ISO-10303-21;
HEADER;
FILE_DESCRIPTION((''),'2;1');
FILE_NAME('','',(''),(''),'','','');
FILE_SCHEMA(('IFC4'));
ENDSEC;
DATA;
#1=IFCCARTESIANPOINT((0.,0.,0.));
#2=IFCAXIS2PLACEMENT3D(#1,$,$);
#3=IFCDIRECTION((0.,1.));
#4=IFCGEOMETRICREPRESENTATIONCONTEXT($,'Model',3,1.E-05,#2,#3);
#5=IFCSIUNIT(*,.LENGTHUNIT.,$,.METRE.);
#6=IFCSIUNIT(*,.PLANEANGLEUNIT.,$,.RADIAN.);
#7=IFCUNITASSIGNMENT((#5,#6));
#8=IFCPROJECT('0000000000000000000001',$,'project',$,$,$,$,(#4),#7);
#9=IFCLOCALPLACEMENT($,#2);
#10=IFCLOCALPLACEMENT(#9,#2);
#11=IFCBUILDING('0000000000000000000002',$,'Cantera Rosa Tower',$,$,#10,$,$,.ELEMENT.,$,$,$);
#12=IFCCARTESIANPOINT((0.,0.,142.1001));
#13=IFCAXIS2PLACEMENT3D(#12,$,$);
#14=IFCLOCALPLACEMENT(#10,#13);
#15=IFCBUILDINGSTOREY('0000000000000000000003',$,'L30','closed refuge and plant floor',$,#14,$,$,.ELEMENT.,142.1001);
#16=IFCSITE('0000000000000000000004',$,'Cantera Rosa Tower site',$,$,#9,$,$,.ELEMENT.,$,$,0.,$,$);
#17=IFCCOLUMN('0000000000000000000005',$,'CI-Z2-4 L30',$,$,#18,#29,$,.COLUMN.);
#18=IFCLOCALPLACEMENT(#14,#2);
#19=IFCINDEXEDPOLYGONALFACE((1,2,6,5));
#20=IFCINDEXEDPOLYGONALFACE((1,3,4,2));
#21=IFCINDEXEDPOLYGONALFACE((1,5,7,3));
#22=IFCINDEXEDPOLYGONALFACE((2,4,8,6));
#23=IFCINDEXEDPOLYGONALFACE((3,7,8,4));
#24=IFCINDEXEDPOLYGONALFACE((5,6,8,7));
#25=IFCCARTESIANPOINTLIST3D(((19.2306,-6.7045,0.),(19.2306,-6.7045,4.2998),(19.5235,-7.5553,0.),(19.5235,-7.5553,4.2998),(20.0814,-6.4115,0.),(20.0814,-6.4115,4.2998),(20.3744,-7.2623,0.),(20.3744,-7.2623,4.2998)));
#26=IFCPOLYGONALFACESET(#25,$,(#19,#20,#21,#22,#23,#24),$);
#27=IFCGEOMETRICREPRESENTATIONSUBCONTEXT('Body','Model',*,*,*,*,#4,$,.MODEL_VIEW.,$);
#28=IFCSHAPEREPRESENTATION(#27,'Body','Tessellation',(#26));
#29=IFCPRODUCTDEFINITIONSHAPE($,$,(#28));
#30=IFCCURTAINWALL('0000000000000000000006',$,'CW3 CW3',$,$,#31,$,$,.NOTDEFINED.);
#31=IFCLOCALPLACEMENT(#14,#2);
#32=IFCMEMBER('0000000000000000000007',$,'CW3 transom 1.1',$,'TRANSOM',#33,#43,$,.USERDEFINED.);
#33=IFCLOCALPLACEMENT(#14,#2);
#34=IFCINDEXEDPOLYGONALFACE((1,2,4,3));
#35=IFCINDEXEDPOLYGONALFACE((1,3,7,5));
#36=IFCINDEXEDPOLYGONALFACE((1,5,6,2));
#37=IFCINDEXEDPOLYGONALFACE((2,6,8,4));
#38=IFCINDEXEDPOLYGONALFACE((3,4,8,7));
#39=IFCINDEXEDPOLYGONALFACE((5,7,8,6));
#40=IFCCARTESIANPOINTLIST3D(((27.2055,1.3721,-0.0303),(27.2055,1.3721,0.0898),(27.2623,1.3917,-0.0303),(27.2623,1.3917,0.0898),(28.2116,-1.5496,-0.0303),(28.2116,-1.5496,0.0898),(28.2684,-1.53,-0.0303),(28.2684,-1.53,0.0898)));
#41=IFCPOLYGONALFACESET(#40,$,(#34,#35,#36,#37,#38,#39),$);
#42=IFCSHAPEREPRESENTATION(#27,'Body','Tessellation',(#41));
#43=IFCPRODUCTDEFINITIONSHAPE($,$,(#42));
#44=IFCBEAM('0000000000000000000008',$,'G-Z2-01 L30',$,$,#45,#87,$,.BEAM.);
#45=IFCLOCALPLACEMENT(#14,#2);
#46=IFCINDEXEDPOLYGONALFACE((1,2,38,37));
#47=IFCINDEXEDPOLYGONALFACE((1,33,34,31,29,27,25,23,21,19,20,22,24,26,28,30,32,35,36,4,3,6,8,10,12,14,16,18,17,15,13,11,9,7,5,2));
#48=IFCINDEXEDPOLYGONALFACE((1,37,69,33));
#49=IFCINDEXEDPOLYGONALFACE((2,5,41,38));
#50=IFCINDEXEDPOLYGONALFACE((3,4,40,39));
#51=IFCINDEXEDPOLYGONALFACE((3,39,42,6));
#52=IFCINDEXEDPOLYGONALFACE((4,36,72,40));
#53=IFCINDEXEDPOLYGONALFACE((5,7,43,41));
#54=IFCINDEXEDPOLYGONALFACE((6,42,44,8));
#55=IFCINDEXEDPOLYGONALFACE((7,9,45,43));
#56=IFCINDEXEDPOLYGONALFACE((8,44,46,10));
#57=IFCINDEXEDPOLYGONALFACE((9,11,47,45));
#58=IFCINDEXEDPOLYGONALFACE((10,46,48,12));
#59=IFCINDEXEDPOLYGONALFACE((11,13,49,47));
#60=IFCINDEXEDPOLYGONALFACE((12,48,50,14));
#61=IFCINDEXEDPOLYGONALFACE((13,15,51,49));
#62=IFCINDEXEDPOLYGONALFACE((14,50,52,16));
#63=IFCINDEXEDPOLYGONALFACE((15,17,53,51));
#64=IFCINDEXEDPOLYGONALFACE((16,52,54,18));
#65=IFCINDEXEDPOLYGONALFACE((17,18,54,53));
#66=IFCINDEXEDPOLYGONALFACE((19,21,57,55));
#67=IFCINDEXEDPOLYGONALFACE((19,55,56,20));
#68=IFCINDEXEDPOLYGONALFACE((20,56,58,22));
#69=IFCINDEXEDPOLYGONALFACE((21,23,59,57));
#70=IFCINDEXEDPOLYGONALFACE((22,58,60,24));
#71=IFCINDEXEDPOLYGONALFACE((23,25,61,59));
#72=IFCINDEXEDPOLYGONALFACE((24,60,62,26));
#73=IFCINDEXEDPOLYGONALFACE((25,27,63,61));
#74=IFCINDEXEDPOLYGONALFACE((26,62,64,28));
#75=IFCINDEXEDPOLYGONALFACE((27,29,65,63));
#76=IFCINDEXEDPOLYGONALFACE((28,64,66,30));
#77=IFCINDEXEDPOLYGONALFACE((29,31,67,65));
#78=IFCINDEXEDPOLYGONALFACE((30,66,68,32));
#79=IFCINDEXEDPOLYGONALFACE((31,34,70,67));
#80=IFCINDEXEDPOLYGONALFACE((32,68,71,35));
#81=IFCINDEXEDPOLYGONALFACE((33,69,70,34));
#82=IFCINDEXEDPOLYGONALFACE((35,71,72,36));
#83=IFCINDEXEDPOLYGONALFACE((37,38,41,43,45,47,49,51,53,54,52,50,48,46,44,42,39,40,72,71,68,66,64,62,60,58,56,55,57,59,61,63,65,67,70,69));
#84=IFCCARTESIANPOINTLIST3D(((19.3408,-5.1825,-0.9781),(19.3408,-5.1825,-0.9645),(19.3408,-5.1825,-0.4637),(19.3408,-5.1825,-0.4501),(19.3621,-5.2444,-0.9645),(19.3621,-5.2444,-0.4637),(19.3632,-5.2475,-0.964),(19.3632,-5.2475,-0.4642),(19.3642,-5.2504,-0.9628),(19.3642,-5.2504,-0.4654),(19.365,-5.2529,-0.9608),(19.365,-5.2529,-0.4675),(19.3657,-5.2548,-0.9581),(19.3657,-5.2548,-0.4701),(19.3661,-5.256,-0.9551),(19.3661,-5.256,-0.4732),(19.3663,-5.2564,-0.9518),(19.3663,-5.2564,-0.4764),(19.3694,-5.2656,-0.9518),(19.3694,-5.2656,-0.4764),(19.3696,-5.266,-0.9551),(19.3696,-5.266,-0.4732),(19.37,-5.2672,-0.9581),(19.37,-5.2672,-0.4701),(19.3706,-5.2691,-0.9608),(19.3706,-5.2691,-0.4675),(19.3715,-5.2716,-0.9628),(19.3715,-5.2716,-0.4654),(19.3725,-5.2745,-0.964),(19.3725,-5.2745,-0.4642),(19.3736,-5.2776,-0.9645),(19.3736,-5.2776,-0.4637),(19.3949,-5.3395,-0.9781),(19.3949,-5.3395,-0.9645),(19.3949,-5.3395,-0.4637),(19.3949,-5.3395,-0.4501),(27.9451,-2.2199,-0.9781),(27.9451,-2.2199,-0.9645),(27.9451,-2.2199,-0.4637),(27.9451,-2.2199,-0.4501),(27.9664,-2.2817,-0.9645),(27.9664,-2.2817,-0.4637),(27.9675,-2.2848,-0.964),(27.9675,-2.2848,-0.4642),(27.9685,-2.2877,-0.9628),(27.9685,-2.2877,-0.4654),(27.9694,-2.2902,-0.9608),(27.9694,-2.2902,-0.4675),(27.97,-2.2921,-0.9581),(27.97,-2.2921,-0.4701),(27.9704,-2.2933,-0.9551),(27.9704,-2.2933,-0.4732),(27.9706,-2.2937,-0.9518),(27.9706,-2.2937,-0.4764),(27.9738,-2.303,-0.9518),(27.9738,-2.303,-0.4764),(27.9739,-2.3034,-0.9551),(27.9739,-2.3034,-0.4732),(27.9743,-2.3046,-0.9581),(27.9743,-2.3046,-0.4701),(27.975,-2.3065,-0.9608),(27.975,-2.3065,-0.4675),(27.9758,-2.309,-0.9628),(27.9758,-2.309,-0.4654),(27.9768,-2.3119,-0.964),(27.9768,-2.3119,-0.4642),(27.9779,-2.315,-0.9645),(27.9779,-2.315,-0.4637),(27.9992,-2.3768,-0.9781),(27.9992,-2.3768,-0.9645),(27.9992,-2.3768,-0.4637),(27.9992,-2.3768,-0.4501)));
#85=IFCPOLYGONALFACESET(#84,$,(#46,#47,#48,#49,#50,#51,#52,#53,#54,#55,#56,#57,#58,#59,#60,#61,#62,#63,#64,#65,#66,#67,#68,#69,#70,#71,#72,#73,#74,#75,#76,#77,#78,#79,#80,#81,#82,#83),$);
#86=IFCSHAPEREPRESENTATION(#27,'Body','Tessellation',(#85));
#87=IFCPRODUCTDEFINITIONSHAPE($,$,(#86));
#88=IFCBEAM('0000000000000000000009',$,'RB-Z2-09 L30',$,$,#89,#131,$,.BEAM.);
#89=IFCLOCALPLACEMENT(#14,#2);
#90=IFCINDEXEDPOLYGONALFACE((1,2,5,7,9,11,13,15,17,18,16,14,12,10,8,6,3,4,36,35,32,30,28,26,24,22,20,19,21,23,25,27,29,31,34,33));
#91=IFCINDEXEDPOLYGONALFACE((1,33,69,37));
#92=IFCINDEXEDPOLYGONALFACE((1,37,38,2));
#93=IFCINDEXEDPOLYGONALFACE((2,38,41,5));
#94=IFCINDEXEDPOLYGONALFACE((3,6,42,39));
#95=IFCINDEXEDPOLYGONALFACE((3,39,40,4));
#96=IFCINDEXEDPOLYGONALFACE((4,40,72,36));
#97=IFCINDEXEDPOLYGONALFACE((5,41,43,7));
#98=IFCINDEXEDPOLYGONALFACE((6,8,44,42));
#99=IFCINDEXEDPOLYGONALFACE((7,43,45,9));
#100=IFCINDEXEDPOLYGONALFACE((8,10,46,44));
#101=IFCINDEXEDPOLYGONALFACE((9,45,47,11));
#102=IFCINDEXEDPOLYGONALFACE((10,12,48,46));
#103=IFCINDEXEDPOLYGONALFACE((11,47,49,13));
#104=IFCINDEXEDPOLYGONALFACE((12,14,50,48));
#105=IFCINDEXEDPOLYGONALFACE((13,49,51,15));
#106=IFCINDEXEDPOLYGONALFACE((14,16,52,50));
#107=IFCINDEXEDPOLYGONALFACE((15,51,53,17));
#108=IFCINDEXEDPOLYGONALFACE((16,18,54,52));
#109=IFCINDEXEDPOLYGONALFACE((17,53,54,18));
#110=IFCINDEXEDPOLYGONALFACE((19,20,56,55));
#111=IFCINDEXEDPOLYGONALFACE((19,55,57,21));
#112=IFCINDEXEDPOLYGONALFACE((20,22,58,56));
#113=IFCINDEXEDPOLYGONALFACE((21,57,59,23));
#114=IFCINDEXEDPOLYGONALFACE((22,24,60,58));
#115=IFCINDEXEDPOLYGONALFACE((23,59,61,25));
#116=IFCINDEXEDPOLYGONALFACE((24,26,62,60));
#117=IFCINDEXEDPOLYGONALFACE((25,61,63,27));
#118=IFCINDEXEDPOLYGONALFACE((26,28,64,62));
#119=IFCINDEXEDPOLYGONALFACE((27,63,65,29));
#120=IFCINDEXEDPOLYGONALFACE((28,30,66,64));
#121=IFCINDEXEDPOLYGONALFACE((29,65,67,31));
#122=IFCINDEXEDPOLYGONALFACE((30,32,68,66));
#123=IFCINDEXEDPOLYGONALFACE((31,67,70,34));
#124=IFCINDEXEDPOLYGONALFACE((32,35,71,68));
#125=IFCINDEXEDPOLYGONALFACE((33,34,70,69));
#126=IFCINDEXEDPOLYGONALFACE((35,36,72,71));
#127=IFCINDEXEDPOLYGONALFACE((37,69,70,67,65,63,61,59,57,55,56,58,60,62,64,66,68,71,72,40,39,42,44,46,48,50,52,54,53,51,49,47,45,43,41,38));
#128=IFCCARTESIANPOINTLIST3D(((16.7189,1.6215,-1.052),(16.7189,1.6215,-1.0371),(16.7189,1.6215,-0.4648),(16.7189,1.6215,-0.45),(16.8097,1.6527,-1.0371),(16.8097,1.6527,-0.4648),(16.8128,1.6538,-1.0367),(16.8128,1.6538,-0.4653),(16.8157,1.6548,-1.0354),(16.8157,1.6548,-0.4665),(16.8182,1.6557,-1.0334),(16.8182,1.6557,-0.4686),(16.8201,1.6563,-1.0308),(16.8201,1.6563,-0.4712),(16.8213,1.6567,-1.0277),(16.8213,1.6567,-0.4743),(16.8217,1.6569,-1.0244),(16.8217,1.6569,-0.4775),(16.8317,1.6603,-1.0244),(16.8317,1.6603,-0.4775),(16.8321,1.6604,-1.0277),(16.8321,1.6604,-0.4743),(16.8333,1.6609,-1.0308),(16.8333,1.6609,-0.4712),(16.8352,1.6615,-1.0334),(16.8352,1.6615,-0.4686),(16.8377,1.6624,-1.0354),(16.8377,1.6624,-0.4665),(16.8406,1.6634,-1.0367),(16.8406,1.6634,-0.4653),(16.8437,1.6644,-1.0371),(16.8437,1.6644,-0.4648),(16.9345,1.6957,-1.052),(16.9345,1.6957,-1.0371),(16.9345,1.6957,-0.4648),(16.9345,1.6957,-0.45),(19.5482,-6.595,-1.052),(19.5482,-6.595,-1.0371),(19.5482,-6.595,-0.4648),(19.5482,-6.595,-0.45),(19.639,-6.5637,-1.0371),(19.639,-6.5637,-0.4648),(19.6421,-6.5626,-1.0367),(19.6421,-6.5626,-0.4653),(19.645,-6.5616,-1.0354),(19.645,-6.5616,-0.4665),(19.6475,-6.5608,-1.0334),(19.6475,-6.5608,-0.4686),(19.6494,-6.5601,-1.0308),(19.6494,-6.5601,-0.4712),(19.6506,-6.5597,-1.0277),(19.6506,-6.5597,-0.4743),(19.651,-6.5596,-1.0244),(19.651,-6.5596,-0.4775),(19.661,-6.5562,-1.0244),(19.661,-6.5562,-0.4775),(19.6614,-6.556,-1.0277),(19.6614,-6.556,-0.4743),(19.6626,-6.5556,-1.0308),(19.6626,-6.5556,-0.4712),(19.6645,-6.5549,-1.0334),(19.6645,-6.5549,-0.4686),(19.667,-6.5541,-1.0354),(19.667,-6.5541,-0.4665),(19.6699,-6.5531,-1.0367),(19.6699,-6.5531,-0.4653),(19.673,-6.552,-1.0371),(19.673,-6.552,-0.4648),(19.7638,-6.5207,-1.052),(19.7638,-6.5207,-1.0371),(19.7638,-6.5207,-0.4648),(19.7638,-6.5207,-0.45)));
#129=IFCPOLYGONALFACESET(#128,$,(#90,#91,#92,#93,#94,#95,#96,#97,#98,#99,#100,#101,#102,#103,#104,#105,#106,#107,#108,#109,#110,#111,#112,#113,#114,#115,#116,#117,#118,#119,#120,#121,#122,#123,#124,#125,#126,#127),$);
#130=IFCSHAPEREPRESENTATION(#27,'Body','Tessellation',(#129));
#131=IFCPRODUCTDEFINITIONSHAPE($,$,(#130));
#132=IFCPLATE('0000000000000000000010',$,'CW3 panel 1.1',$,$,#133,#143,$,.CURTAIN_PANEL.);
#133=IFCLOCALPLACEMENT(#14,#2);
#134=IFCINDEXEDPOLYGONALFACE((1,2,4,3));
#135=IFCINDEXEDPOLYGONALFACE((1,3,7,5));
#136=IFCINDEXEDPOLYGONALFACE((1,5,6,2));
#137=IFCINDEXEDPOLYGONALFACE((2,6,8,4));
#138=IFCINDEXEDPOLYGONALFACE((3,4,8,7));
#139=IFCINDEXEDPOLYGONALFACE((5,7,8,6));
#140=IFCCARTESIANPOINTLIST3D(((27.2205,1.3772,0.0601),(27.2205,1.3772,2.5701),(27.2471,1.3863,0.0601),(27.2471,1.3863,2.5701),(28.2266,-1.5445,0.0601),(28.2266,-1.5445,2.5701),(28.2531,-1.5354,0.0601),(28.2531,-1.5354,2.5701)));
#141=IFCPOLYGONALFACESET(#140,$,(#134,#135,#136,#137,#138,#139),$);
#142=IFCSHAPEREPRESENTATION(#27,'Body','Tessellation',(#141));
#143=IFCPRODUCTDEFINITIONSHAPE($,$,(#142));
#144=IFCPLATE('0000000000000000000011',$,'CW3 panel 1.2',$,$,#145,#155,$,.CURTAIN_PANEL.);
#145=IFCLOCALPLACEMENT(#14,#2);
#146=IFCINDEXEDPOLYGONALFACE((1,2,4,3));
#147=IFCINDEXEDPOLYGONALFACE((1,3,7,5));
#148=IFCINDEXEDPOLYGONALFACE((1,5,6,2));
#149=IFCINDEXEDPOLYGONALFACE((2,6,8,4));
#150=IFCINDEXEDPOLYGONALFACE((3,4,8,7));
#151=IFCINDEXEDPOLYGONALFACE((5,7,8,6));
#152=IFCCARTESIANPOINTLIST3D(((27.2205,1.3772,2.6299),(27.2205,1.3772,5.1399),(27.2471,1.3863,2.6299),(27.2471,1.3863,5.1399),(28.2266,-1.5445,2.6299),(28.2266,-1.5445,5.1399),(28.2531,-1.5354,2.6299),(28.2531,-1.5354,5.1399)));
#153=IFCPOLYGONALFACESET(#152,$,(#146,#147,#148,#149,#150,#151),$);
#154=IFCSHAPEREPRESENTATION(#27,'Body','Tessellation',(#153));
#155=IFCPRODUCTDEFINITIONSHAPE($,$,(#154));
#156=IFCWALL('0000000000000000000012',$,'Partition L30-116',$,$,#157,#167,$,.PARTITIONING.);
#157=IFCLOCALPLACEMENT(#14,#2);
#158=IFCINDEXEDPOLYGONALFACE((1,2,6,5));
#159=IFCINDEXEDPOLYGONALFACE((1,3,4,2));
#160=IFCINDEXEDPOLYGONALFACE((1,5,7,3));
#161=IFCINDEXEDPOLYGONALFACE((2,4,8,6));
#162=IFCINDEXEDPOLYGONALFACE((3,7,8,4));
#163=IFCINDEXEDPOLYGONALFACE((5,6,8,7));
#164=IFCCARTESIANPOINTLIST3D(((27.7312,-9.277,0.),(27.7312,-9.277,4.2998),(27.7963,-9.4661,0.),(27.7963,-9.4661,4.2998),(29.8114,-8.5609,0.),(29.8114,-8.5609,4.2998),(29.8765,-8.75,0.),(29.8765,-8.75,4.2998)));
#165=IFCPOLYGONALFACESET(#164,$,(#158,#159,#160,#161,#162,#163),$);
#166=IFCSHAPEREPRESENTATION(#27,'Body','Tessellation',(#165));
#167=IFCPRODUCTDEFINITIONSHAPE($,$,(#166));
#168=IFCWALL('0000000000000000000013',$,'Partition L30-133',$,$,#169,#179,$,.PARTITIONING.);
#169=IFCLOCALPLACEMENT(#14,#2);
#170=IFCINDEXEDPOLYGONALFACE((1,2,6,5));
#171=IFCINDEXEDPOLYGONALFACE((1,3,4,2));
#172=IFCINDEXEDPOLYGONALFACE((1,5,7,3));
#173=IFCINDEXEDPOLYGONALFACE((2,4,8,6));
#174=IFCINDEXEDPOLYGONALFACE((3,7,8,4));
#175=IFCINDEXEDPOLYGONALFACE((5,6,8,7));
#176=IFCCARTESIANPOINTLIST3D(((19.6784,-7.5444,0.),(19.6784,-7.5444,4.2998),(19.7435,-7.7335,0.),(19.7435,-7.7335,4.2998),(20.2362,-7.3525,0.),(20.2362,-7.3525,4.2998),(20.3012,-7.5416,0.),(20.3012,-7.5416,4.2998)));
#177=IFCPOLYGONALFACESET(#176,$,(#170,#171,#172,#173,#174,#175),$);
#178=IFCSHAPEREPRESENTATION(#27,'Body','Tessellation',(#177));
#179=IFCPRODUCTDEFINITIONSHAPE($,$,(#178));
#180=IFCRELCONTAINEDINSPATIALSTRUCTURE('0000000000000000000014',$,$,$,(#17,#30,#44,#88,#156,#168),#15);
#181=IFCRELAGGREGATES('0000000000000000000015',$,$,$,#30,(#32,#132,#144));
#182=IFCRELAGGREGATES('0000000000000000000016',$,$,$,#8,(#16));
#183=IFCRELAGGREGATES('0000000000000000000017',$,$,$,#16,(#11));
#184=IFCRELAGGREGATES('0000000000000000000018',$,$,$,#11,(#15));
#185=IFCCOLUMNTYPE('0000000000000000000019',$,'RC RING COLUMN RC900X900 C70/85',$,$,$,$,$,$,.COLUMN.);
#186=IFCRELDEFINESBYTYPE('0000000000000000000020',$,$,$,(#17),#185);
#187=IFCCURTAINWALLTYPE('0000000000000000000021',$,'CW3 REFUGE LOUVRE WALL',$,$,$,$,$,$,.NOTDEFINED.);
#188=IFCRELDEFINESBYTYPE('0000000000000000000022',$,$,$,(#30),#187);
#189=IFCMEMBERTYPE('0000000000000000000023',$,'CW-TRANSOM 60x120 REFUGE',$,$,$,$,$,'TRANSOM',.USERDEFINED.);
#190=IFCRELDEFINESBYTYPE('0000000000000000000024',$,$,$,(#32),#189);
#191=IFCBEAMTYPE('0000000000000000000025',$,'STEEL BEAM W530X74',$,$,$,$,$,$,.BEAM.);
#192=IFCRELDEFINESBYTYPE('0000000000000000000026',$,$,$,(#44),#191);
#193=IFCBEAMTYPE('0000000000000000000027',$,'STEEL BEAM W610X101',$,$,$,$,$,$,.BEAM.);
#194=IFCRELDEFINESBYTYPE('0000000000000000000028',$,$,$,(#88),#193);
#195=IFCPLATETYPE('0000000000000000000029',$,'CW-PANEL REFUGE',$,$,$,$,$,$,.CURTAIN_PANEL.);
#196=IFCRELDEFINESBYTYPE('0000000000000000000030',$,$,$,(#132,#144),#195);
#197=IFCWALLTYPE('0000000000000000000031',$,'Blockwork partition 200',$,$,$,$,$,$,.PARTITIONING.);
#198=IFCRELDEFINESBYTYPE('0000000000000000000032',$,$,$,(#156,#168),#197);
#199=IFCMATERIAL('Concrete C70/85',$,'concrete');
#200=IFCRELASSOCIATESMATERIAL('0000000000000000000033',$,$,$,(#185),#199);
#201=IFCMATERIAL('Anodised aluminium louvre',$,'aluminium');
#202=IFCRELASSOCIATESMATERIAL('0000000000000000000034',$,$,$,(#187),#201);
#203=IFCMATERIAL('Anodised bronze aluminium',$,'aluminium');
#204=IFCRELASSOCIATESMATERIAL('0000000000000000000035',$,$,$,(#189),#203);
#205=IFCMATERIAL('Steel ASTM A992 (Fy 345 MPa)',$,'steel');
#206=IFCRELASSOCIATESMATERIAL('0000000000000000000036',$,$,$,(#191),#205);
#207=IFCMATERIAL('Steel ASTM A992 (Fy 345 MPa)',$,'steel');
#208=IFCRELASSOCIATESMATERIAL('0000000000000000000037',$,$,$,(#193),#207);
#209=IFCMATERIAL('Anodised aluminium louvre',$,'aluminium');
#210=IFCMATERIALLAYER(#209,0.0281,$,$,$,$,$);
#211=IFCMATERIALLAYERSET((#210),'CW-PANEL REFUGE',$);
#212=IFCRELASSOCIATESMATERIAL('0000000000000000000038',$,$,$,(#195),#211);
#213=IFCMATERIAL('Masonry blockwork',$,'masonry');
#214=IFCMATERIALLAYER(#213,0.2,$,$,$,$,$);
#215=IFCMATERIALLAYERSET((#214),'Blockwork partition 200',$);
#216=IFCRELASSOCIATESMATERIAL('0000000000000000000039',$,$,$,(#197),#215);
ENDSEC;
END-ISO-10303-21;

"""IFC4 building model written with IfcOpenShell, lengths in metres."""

from ifc_helpers import new_model, si_unit, direction, frame, frame_2d, origin, origin_2d, place, context, subcontext, project, spatial, rectangle, i_section, extrude, material, layer, layer_set, material_profile, profile_set, type_object, element, aggregate, save


model = new_model("IFC4")

# Units and contexts
model_context = context("Model", 3, precision=1e-05, world=origin(), true_north=direction((0.0, 1.0)))
body_context = subcontext(model_context, "Body", "Model", "MODEL_VIEW")
ifc_project = project(units=[si_unit("LENGTHUNIT", "METRE"), si_unit("PLANEANGLEUNIT", "RADIAN")], contexts=[model_context])

# Site, building, storey
site_placement = place(None, origin())
site = spatial("IfcSite", under=ifc_project, at=site_placement, Name="Cantera Rosa Tower site", CompositionType="ELEMENT", RefElevation=0.0)
building_placement = place(site_placement, origin())
building = spatial("IfcBuilding", under=site, at=building_placement, Name="Cantera Rosa Tower", CompositionType="ELEMENT")
storey_placement = place(building_placement, frame((0.0, 0.0, 142.1001)))
storey = spatial("IfcBuildingStorey", under=building, at=storey_placement, Name="L30", Description="closed refuge and plant floor", CompositionType="ELEMENT", Elevation=142.1001)

# Column
ifc_material_1 = material(Name="Concrete C70/85", Category="concrete")
ifc_material_profile_1 = material_profile(ifc_material_1, rectangle(XDim=0.8999, YDim=0.8999, at=origin_2d()), Name="RC RING COLUMN RC900X900 C70/85")
ifc_profile_set_1 = profile_set([ifc_material_profile_1], Name="Concrete C70/85")
column_type = type_object("IfcColumnType", Name="RC RING COLUMN RC900X900 C70/85", PredefinedType="COLUMN", material=ifc_profile_set_1)
column_placement = place(storey_placement, frame((19.8025, -6.9834, 0.0), z_axis=(0.0, 0.0, 1.0), x_axis=(0.945519, 0.325568, 0.0)))
element("IfcColumn", 1, at=column_placement, inside=storey, type_object=column_type, Name="CI-Z2-4 L30", PredefinedType="COLUMN", context=body_context, shape_type="SweptSolid", body=[
    extrude(rectangle(XDim=0.8999, YDim=0.8999, at=origin_2d()), origin(), (0.0, 0.0, 1.0), 4.2998),
])

# Curtain wall, member
ifc_material_2 = material(Name="Anodised aluminium louvre", Category="aluminium")
curtain_wall_type = type_object("IfcCurtainWallType", Name="CW3 REFUGE LOUVRE WALL", PredefinedType="NOTDEFINED", material=ifc_material_2)
curtain_wall_placement = place(storey_placement, origin())
curtain_wall = element("IfcCurtainWall", 2, at=curtain_wall_placement, inside=storey, type_object=curtain_wall_type, Name="CW3 CW3", PredefinedType="NOTDEFINED")
ifc_material_3 = material(Name="Anodised bronze aluminium", Category="aluminium")
ifc_material_profile_2 = material_profile(ifc_material_3, rectangle(XDim=0.0601, YDim=0.1201, at=origin_2d()), Name="CW-TRANSOM 60x120 REFUGE")
ifc_profile_set_2 = profile_set([ifc_material_profile_2], Name="Anodised bronze aluminium")
member_type = type_object("IfcMemberType", Name="CW-TRANSOM 60x120 REFUGE", ElementType="TRANSOM", PredefinedType="USERDEFINED", material=ifc_profile_set_2)
member_placement = place(storey_placement, frame((28.24, -1.5398, 0.0298), z_axis=(-0.325599, 0.945508, 0.0), x_axis=(-0.945508, -0.325599, 0.0)))
member = element("IfcMember", 3, at=member_placement, type_object=member_type, Name="CW3 transom 1.1", ObjectType="TRANSOM", PredefinedType="USERDEFINED", context=body_context, shape_type="SweptSolid", body=[
    extrude(rectangle(XDim=0.0601, YDim=0.1201, at=origin_2d()), origin(), (0.0, 0.0, 1.0), 3.0901),
])

# Beams
ifc_material_4 = material(Name="Steel ASTM A992 (Fy 345 MPa)", Category="steel")
ifc_material_profile_3 = material_profile(ifc_material_4, i_section(OverallWidth=0.166, OverallDepth=0.5281, WebThickness=0.0098, FlangeThickness=0.0137, FilletRadius=0.0127, at=origin_2d()), Name="W530X74")
ifc_profile_set_3 = profile_set([ifc_material_profile_3], Name="Steel ASTM A992 (Fy 345 MPa)")
beam_type_1 = type_object("IfcBeamType", Name="STEEL BEAM W530X74", PredefinedType="BEAM", material=ifc_profile_set_3)
beam_1_placement = place(storey_placement, frame((27.9722, -2.2983, -0.7141), z_axis=(-0.94552, -0.325565, 0.0), x_axis=(0.325565, -0.94552, 0.0)))
element("IfcBeam", 4, at=beam_1_placement, inside=storey, type_object=beam_type_1, Name="G-Z2-01 L30", PredefinedType="BEAM", context=body_context, shape_type="SweptSolid", body=[
    extrude(i_section(OverallWidth=0.166, OverallDepth=0.5281, WebThickness=0.0098, FlangeThickness=0.0137, FilletRadius=0.0127, at=origin_2d()), origin(), (0.0, 0.0, 1.0), 9.1001),
])
ifc_material_5 = material(Name="Steel ASTM A992 (Fy 345 MPa)", Category="steel")
ifc_material_profile_4 = material_profile(ifc_material_5, i_section(OverallWidth=0.228, OverallDepth=0.6021, WebThickness=0.0105, FlangeThickness=0.0149, FilletRadius=0.0127, at=origin_2d()), Name="W610X101")
ifc_profile_set_4 = profile_set([ifc_material_profile_4], Name="Steel ASTM A992 (Fy 345 MPa)")
beam_type_2 = type_object("IfcBeamType", Name="STEEL BEAM W610X101", PredefinedType="BEAM", material=ifc_profile_set_4)
beam_2_placement = place(storey_placement, frame((19.656, -6.5579, -0.751), z_axis=(-0.325585, 0.945513, 0.0), x_axis=(-0.945513, -0.325585, 0.0)))
element("IfcBeam", 5, at=beam_2_placement, inside=storey, type_object=beam_type_2, Name="RB-Z2-09 L30", PredefinedType="BEAM", context=body_context, shape_type="SweptSolid", body=[
    extrude(i_section(OverallWidth=0.228, OverallDepth=0.6021, WebThickness=0.0105, FlangeThickness=0.0149, FilletRadius=0.0127, at=origin_2d()), origin(), (0.0, 0.0, 1.0), 8.6899),
])

# Plates
ifc_material_6 = material(Name="Anodised aluminium louvre", Category="aluminium")
ifc_layer_1 = layer(ifc_material_6, 0.0281)
ifc_layer_set_1 = layer_set([ifc_layer_1], Name="CW-PANEL REFUGE")
plate_type = type_object("IfcPlateType", Name="CW-PANEL REFUGE", PredefinedType="CURTAIN_PANEL", material=ifc_layer_set_1)
plate_1_placement = place(storey_placement, frame((27.7368, -0.0791, 0.0601), z_axis=(0.0, 0.0, 1.0), x_axis=(-0.325568, 0.945519, 0.0)))
plate_1 = element("IfcPlate", 6, at=plate_1_placement, type_object=plate_type, Name="CW3 panel 1.1", PredefinedType="CURTAIN_PANEL", context=body_context, shape_type="SweptSolid", body=[
    extrude(rectangle(XDim=3.0901, YDim=0.0281, at=origin_2d()), origin(), (0.0, 0.0, 1.0), 2.51),
])
plate_2_placement = place(storey_placement, frame((27.7368, -0.0791, 2.6299), z_axis=(0.0, 0.0, 1.0), x_axis=(-0.325568, 0.945519, 0.0)))
plate_2 = element("IfcPlate", 7, at=plate_2_placement, type_object=plate_type, Name="CW3 panel 1.2", PredefinedType="CURTAIN_PANEL", context=body_context, shape_type="SweptSolid", body=[
    extrude(rectangle(XDim=3.0901, YDim=0.0281, at=origin_2d()), origin(), (0.0, 0.0, 1.0), 2.51),
])
aggregate(curtain_wall, [member, plate_1, plate_2])

# Walls
ifc_material_7 = material(Name="Masonry blockwork", Category="masonry")
ifc_layer_2 = layer(ifc_material_7, 0.2)
ifc_layer_set_2 = layer_set([ifc_layer_2], Name="Blockwork partition 200")
wall_type_1 = type_object("IfcWallType", Name="Blockwork partition 200", PredefinedType="PARTITIONING", material=ifc_layer_set_2)
wall_1_placement = place(storey_placement, frame((27.7637, -9.3716, 0.0), z_axis=(0.0, 0.0, 1.0), x_axis=(0.945542, 0.325502, 0.0)))
element("IfcWall", 8, at=wall_1_placement, inside=storey, type_object=wall_type_1, Name="Partition L30-116", PredefinedType="PARTITIONING", context=body_context, shape_type="SweptSolid", body=[
    extrude(rectangle(XDim=2.2, YDim=0.2, at=frame_2d((1.1001, 0.0))), origin(), (0.0, 0.0, 1.0), 4.2998),
])
wall_2_placement = place(storey_placement, frame((19.7109, -7.6389, 0.0), z_axis=(0.0, 0.0, 1.0), x_axis=(0.945619, 0.325276, 0.0)))
element("IfcWall", 9, at=wall_2_placement, inside=storey, type_object=wall_type_1, Name="Partition L30-133", PredefinedType="PARTITIONING", context=body_context, shape_type="SweptSolid", body=[
    extrude(rectangle(XDim=0.5898, YDim=0.2, at=frame_2d((0.2949, 0.0))), origin(), (0.0, 0.0, 1.0), 4.2998),
])

save(model, "model.ifc")
